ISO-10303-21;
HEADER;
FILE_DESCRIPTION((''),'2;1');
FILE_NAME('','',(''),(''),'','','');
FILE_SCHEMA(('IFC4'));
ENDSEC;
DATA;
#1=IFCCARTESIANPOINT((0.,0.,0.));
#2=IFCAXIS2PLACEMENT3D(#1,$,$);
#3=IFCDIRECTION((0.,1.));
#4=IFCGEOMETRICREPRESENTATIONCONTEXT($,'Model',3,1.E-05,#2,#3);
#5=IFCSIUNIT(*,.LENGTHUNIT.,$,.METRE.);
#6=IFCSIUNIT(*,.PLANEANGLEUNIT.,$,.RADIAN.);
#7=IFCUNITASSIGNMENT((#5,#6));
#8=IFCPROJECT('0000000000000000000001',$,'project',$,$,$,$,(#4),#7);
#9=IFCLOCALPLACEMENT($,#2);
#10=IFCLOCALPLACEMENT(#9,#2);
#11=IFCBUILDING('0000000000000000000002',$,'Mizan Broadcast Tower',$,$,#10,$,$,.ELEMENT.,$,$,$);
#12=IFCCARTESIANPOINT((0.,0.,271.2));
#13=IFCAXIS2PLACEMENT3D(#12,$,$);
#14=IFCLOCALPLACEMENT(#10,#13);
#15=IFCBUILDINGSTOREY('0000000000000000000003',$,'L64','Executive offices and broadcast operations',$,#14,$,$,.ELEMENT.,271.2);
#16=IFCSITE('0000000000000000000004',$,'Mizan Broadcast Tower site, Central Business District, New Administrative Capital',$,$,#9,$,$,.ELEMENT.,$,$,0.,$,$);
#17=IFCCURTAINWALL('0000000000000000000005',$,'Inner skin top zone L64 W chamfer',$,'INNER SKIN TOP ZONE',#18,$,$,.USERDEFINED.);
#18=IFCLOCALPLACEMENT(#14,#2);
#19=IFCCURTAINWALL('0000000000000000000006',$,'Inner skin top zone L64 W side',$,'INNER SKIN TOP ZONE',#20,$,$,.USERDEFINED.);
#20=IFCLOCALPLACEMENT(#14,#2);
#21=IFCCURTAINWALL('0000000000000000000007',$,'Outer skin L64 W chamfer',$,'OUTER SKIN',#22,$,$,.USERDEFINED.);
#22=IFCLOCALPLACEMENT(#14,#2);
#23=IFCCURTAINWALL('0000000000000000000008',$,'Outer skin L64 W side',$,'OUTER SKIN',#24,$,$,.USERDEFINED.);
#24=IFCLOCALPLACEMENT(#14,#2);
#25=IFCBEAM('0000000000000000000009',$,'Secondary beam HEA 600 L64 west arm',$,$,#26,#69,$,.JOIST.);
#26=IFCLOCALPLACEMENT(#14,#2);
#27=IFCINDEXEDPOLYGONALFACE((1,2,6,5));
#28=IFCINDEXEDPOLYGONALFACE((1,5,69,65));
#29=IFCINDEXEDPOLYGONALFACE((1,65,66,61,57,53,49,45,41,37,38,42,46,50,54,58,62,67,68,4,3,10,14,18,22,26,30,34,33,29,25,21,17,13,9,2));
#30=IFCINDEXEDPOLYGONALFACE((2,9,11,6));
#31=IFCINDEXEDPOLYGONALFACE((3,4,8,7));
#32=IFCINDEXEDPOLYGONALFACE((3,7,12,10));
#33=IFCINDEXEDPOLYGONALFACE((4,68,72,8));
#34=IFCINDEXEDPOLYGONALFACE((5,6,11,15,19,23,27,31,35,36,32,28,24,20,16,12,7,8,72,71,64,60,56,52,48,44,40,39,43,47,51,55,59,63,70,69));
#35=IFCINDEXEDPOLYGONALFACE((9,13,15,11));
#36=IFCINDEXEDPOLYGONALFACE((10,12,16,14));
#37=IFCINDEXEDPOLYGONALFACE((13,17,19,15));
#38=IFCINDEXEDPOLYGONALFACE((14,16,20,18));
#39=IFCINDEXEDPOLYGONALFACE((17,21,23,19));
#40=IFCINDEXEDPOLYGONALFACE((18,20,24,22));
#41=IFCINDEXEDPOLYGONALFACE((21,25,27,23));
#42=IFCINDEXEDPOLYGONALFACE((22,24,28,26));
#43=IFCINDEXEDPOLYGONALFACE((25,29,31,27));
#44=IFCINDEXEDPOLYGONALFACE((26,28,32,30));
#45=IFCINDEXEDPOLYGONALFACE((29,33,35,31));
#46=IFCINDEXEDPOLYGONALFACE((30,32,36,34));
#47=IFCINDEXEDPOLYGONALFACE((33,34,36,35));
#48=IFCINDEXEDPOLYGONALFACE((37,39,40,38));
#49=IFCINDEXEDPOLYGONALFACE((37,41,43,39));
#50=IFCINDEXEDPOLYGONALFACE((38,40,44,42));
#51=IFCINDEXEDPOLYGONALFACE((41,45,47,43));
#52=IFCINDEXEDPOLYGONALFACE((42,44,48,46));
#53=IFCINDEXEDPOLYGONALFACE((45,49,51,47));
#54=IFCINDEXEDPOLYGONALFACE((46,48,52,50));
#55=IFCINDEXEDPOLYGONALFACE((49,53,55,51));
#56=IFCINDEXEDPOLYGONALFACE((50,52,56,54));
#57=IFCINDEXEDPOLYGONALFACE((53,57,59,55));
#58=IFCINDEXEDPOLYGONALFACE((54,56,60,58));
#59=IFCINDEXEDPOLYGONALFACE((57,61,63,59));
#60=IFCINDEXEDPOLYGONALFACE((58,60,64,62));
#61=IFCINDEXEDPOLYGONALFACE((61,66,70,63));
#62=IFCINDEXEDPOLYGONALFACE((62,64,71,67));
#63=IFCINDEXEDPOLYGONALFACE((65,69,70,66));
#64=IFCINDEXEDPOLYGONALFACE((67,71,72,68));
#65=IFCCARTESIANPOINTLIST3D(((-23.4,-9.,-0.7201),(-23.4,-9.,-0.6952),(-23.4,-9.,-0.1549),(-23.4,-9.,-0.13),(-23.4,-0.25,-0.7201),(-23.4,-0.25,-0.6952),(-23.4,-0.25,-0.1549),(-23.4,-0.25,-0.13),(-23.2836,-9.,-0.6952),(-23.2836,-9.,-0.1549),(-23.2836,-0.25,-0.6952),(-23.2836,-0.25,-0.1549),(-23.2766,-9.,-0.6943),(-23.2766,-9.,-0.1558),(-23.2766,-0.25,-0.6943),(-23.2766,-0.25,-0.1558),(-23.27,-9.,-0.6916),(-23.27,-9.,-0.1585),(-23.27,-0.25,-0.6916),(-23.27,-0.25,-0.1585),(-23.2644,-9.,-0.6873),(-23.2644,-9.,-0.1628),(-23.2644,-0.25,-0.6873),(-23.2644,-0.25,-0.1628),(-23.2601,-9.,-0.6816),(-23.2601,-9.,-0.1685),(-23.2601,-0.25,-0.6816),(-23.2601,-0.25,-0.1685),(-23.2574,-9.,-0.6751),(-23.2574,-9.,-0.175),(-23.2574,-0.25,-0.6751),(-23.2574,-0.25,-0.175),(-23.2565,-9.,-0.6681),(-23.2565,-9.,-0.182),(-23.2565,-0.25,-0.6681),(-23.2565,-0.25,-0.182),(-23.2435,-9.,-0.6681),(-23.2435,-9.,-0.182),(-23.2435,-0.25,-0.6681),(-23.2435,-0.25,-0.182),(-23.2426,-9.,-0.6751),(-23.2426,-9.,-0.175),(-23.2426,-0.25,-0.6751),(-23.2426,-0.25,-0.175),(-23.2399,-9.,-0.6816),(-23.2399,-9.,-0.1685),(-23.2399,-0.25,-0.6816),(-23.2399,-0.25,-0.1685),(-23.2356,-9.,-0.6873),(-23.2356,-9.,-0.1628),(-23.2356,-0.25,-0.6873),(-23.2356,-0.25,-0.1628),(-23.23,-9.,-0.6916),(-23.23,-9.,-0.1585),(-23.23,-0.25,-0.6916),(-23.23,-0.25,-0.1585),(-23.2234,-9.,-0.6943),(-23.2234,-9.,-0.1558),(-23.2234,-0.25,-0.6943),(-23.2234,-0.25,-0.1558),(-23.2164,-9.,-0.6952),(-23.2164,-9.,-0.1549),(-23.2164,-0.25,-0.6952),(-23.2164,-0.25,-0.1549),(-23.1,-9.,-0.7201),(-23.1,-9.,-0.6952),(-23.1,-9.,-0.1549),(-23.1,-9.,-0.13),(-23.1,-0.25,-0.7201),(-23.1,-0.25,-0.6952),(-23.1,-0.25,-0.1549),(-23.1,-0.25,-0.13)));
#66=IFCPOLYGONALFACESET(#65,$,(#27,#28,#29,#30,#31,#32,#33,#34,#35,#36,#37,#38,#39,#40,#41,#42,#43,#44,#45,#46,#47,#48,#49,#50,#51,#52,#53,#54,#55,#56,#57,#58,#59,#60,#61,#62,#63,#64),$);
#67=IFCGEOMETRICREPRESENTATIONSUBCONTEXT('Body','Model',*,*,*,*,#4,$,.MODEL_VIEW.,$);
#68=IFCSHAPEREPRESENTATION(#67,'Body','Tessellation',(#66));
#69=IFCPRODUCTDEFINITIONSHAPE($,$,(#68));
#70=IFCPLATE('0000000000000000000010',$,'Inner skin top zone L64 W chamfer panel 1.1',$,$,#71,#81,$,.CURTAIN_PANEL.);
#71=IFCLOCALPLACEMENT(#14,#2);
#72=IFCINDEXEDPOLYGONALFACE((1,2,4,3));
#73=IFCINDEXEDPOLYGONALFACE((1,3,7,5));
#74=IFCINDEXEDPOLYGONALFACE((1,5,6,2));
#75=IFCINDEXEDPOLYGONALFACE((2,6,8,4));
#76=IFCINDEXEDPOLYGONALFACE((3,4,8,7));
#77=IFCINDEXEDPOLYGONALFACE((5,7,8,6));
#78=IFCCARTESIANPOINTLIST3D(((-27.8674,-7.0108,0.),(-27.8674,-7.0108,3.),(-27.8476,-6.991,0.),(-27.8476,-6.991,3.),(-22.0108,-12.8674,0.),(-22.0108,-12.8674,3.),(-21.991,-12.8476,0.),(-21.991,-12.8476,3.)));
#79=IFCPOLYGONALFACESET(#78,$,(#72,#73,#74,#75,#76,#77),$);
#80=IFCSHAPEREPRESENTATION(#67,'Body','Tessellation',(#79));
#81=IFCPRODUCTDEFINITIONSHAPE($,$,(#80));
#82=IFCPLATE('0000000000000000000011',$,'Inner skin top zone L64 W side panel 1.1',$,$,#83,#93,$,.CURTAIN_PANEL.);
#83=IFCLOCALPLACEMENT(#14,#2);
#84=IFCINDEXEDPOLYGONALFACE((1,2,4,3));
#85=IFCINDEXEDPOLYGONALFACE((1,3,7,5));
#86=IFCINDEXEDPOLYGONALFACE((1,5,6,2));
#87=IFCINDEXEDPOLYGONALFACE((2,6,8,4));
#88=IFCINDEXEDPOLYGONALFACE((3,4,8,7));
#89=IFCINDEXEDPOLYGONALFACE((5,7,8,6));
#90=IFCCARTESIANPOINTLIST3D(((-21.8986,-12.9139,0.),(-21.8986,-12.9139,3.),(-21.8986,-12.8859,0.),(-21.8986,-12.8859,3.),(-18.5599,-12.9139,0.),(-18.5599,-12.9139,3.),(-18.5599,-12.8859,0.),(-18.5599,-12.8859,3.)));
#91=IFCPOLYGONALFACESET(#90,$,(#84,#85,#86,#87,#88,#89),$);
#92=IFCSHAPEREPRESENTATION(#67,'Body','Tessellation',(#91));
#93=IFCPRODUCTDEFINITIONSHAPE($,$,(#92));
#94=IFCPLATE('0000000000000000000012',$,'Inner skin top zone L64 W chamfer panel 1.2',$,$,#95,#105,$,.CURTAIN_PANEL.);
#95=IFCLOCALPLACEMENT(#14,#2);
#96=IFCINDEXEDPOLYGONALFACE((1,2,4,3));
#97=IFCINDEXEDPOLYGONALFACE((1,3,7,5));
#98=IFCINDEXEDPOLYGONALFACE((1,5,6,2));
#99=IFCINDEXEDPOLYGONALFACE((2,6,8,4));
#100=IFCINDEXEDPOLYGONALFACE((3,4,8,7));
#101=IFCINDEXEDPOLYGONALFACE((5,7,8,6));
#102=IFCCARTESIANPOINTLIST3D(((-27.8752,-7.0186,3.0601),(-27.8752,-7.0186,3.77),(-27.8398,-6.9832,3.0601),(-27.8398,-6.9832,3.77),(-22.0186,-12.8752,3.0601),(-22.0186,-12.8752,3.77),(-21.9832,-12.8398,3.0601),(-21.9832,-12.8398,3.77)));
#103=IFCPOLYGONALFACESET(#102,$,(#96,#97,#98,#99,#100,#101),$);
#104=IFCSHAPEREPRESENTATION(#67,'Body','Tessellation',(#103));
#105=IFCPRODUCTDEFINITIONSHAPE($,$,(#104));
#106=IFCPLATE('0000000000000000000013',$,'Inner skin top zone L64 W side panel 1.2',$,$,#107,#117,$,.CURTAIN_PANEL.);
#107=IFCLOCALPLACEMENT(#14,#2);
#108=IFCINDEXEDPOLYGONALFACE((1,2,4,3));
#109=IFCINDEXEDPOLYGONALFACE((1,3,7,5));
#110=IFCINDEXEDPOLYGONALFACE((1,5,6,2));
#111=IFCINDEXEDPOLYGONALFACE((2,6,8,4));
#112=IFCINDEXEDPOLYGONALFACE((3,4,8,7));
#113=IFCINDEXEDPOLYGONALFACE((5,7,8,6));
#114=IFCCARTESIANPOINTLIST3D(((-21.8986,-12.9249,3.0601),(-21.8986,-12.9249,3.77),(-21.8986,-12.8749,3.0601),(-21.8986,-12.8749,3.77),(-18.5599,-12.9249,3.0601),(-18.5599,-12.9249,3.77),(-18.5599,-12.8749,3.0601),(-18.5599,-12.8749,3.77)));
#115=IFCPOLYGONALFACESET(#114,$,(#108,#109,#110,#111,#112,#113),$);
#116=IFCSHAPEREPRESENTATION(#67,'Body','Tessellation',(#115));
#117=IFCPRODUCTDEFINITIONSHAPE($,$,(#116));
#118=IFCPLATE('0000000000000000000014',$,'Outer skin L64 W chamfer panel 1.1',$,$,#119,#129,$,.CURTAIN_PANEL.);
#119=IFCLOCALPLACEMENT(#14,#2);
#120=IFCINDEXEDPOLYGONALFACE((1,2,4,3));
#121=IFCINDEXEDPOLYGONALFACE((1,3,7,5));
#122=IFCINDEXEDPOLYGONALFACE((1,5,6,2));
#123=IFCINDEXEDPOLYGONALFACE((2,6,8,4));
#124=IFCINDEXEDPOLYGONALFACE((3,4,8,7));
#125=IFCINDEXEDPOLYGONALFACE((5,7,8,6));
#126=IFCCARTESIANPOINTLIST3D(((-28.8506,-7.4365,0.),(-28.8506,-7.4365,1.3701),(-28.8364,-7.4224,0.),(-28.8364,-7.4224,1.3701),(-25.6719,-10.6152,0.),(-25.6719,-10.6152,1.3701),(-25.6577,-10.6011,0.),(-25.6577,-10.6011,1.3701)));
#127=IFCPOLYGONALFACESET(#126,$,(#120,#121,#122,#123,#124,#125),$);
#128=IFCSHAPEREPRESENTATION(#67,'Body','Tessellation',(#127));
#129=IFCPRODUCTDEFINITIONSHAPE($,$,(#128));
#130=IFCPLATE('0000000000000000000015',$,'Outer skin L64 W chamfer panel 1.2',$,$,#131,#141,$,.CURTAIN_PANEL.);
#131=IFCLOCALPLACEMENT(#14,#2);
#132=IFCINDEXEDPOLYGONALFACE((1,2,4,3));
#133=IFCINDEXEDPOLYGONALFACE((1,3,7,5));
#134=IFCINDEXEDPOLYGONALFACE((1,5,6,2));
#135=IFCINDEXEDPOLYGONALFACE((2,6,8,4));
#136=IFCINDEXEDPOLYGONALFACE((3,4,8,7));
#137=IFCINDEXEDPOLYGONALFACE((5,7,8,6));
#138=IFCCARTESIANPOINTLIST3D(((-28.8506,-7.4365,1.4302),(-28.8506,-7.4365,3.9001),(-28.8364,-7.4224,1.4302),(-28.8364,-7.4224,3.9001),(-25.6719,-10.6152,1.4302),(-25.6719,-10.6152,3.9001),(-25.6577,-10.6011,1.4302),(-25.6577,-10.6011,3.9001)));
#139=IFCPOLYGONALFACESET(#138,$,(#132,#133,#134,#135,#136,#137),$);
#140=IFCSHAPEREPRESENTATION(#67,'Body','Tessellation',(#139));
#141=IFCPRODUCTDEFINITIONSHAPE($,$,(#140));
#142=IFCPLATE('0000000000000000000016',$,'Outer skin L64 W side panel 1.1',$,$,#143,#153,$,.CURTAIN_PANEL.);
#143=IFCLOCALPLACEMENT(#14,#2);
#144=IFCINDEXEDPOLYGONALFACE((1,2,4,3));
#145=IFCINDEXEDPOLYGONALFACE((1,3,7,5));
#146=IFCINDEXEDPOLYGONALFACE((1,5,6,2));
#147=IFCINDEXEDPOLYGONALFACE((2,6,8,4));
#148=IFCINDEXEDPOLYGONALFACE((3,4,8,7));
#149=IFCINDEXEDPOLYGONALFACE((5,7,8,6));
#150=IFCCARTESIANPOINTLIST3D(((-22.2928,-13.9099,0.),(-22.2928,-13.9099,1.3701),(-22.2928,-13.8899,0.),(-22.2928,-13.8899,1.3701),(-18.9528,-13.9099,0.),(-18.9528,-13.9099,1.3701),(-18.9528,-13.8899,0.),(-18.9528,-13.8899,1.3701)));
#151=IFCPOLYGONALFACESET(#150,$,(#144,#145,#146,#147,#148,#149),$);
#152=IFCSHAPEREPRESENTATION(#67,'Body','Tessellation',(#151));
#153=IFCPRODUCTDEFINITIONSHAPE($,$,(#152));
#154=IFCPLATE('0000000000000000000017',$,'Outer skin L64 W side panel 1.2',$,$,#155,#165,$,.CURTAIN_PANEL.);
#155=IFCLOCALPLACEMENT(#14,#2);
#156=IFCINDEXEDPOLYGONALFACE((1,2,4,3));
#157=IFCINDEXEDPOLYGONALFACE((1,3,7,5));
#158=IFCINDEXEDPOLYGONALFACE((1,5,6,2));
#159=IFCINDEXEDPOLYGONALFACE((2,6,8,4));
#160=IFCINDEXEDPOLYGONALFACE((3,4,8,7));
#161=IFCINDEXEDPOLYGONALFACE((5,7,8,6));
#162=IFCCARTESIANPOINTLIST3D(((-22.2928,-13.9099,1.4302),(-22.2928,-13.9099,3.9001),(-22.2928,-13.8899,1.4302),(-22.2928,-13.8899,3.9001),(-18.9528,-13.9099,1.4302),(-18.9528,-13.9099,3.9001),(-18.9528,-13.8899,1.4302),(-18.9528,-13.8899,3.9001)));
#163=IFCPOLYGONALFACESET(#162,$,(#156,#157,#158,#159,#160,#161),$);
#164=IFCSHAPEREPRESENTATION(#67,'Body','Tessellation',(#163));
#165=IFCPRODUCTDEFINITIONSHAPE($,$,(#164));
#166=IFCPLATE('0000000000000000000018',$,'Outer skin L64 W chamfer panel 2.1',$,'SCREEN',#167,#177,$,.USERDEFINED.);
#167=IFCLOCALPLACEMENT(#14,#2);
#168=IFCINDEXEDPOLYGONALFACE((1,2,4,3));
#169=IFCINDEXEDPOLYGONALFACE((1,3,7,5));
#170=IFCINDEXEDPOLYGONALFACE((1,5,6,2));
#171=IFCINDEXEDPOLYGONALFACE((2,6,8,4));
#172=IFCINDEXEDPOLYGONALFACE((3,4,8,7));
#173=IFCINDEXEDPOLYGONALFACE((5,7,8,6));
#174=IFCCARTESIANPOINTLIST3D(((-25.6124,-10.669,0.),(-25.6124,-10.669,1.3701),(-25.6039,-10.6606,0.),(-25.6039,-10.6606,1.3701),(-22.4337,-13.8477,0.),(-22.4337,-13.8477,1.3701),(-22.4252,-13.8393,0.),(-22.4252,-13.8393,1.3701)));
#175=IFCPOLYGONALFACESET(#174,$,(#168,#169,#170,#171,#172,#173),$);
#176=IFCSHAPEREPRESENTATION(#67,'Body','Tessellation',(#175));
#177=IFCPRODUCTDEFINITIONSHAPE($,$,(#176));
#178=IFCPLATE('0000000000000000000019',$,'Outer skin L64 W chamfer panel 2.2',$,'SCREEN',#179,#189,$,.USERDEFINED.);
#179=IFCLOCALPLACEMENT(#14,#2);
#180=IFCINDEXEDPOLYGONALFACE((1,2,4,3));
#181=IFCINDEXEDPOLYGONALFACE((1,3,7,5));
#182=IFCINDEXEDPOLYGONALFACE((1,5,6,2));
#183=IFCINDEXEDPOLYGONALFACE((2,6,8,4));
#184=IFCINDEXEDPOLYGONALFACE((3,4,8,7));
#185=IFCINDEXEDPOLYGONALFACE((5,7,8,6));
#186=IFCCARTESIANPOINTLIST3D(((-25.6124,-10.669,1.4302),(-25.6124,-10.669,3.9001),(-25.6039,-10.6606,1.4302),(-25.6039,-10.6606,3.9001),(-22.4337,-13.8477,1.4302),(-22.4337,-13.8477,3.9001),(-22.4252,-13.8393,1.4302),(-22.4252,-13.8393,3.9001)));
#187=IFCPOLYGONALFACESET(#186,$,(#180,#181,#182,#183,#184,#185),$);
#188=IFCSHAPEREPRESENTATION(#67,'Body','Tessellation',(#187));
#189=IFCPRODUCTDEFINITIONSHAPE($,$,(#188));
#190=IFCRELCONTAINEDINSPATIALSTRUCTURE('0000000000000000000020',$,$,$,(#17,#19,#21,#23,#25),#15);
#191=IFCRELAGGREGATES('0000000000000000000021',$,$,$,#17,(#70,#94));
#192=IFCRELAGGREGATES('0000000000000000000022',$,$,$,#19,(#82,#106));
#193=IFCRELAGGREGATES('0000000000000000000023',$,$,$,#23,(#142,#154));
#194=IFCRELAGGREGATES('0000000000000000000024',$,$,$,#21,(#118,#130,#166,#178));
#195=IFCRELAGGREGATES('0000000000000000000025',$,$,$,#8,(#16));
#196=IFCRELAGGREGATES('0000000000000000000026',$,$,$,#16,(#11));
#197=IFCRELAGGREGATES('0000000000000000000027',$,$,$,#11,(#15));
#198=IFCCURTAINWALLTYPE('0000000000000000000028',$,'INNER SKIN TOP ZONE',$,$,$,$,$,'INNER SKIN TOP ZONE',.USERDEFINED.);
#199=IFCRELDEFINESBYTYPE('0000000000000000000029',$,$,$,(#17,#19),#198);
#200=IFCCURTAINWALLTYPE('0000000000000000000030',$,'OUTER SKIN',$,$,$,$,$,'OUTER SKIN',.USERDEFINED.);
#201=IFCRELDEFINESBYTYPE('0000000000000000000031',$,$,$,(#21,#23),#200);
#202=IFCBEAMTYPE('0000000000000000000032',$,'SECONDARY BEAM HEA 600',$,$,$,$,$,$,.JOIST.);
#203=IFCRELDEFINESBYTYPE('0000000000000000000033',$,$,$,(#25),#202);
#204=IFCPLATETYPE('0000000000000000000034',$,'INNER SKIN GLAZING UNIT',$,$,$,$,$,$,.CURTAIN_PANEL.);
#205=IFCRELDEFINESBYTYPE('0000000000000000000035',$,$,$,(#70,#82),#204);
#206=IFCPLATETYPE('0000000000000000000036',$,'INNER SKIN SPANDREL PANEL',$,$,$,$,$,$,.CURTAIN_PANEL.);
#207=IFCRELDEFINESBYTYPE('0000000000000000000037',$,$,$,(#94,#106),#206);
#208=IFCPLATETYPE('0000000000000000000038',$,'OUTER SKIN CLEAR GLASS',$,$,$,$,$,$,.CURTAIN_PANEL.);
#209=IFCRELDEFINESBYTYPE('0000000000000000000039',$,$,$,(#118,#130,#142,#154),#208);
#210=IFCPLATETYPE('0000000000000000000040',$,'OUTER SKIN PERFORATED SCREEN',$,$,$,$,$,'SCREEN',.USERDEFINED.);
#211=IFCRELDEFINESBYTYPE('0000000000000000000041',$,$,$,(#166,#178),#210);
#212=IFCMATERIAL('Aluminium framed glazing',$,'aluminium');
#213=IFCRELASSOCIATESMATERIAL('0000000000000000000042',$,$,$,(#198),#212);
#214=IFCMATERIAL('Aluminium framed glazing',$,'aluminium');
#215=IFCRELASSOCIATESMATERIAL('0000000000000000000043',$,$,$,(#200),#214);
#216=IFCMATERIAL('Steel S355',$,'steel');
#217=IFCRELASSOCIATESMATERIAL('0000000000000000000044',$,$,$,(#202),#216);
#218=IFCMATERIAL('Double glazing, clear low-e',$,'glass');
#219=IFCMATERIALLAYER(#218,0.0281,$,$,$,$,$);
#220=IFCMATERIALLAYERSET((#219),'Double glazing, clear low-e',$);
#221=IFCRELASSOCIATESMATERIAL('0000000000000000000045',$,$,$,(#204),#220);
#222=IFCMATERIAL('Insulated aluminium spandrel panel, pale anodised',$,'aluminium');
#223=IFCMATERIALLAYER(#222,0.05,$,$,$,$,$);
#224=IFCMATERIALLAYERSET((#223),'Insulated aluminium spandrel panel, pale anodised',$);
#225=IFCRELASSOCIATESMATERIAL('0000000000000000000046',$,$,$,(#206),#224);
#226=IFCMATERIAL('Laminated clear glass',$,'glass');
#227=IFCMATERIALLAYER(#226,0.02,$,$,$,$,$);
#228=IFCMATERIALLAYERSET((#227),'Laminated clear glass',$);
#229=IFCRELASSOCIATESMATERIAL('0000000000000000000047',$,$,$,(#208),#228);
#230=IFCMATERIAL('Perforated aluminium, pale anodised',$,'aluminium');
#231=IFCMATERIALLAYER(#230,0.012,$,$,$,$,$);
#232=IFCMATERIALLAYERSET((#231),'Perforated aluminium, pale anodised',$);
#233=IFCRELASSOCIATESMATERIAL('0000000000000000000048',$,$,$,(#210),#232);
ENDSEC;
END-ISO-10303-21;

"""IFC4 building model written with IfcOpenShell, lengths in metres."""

from ifc_helpers import new_model, si_unit, direction, frame, origin, origin_2d, place, context, subcontext, project, spatial, rectangle, i_section, extrude, material, layer, layer_set, material_profile, profile_set, type_object, element, aggregate, save


model = new_model("IFC4")

# Units and contexts
model_context = context("Model", 3, precision=1e-05, world=origin(), true_north=direction((0.0, 1.0)))
body_context = subcontext(model_context, "Body", "Model", "MODEL_VIEW")
ifc_project = project(units=[si_unit("LENGTHUNIT", "METRE"), si_unit("PLANEANGLEUNIT", "RADIAN")], contexts=[model_context])

# Site, building, storey
site_placement = place(None, origin())
site = spatial("IfcSite", under=ifc_project, at=site_placement, Name="Mizan Broadcast Tower site, Central Business District, New Administrative Capital", CompositionType="ELEMENT", RefElevation=0.0)
building_placement = place(site_placement, origin())
building = spatial("IfcBuilding", under=site, at=building_placement, Name="Mizan Broadcast Tower", CompositionType="ELEMENT")
storey_placement = place(building_placement, frame((0.0, 0.0, 271.2)))
storey = spatial("IfcBuildingStorey", under=building, at=storey_placement, Name="L64", Description="Executive offices and broadcast operations", CompositionType="ELEMENT", Elevation=271.2)

# Curtain walls
ifc_material_1 = material(Name="Aluminium framed glazing", Category="aluminium")
curtain_wall_type_1 = type_object("IfcCurtainWallType", Name="INNER SKIN TOP ZONE", ElementType="INNER SKIN TOP ZONE", PredefinedType="USERDEFINED", material=ifc_material_1)
curtain_wall_1_placement = place(storey_placement, origin())
curtain_wall_1 = element("IfcCurtainWall", 1, at=curtain_wall_1_placement, inside=storey, type_object=curtain_wall_type_1, Name="Inner skin top zone L64 W chamfer", ObjectType="INNER SKIN TOP ZONE", PredefinedType="USERDEFINED")
curtain_wall_2_placement = place(storey_placement, origin())
curtain_wall_2 = element("IfcCurtainWall", 2, at=curtain_wall_2_placement, inside=storey, type_object=curtain_wall_type_1, Name="Inner skin top zone L64 W side", ObjectType="INNER SKIN TOP ZONE", PredefinedType="USERDEFINED")

# Curtain wall
ifc_material_2 = material(Name="Aluminium framed glazing", Category="aluminium")
curtain_wall_type_2 = type_object("IfcCurtainWallType", Name="OUTER SKIN", ElementType="OUTER SKIN", PredefinedType="USERDEFINED", material=ifc_material_2)
curtain_wall_3_placement = place(storey_placement, origin())
curtain_wall_3 = element("IfcCurtainWall", 3, at=curtain_wall_3_placement, inside=storey, type_object=curtain_wall_type_2, Name="Outer skin L64 W chamfer", ObjectType="OUTER SKIN", PredefinedType="USERDEFINED")

# Curtain wall
curtain_wall_4_placement = place(storey_placement, origin())
curtain_wall_4 = element("IfcCurtainWall", 4, at=curtain_wall_4_placement, inside=storey, type_object=curtain_wall_type_2, Name="Outer skin L64 W side", ObjectType="OUTER SKIN", PredefinedType="USERDEFINED")

# Beam
ifc_material_3 = material(Name="Steel S355", Category="steel")
ifc_material_profile_1 = material_profile(ifc_material_3, i_section(OverallWidth=0.3, OverallDepth=0.5901, WebThickness=0.0129, FlangeThickness=0.0249, FilletRadius=0.0271, at=origin_2d()), Name="HEA 600")
ifc_profile_set_1 = profile_set([ifc_material_profile_1], Name="Steel S355")
beam_type_1 = type_object("IfcBeamType", Name="SECONDARY BEAM HEA 600", PredefinedType="JOIST", material=ifc_profile_set_1)
beam_1_placement = place(storey_placement, frame((-23.25, -9.0, -0.425), z_axis=(0.0, 1.0, 0.0), x_axis=(-1.0, 0.0, 0.0)))
element("IfcBeam", 5, at=beam_1_placement, inside=storey, type_object=beam_type_1, Name="Secondary beam HEA 600 L64 west arm", PredefinedType="JOIST", context=body_context, shape_type="SweptSolid", body=[
    extrude(i_section(OverallWidth=0.3, OverallDepth=0.5901, WebThickness=0.0129, FlangeThickness=0.0249, FilletRadius=0.0271, at=origin_2d()), origin(), (0.0, 0.0, 1.0), 8.75),
])

# Plates
ifc_material_4 = material(Name="Double glazing, clear low-e", Category="glass")
ifc_layer_1 = layer(ifc_material_4, 0.0281)
ifc_layer_set_1 = layer_set([ifc_layer_1], Name="Double glazing, clear low-e")
plate_type_1 = type_object("IfcPlateType", Name="INNER SKIN GLAZING UNIT", PredefinedType="CURTAIN_PANEL", material=ifc_layer_set_1)
plate_1_placement = place(storey_placement, frame((-24.9292, -9.9292, 0.0), z_axis=(0.0, 0.0, 1.0), x_axis=(0.707107, -0.707107, 0.0)))
plate_1 = element("IfcPlate", 6, at=plate_1_placement, type_object=plate_type_1, Name="Inner skin top zone L64 W chamfer panel 1.1", PredefinedType="CURTAIN_PANEL", context=body_context, shape_type="SweptSolid", body=[
    extrude(rectangle(XDim=8.2825, YDim=0.0281, at=origin_2d()), origin(), (0.0, 0.0, 1.0), 3.0),
])
plate_2_placement = place(storey_placement, frame((-20.2292, -12.8999, 0.0), z_axis=(0.0, 0.0, 1.0), x_axis=(1.0, 0.0, 0.0)))
plate_2 = element("IfcPlate", 7, at=plate_2_placement, type_object=plate_type_1, Name="Inner skin top zone L64 W side panel 1.1", PredefinedType="CURTAIN_PANEL", context=body_context, shape_type="SweptSolid", body=[
    extrude(rectangle(XDim=3.3386, YDim=0.0281, at=origin_2d()), origin(), (0.0, 0.0, 1.0), 3.0),
])
ifc_material_5 = material(Name="Insulated aluminium spandrel panel, pale anodised", Category="aluminium")
ifc_layer_2 = layer(ifc_material_5, 0.05)
ifc_layer_set_2 = layer_set([ifc_layer_2], Name="Insulated aluminium spandrel panel, pale anodised")
plate_type_2 = type_object("IfcPlateType", Name="INNER SKIN SPANDREL PANEL", PredefinedType="CURTAIN_PANEL", material=ifc_layer_set_2)
plate_3_placement = place(storey_placement, frame((-24.9292, -9.9292, 3.0601), z_axis=(0.0, 0.0, 1.0), x_axis=(0.707107, -0.707107, 0.0)))
plate_3 = element("IfcPlate", 8, at=plate_3_placement, type_object=plate_type_2, Name="Inner skin top zone L64 W chamfer panel 1.2", PredefinedType="CURTAIN_PANEL", context=body_context, shape_type="SweptSolid", body=[
    extrude(rectangle(XDim=8.2825, YDim=0.05, at=origin_2d()), origin(), (0.0, 0.0, 1.0), 0.71),
])
aggregate(curtain_wall_1, [plate_1, plate_3])
plate_4_placement = place(storey_placement, frame((-20.2292, -12.8999, 3.0601), z_axis=(0.0, 0.0, 1.0), x_axis=(1.0, 0.0, 0.0)))
plate_4 = element("IfcPlate", 9, at=plate_4_placement, type_object=plate_type_2, Name="Inner skin top zone L64 W side panel 1.2", PredefinedType="CURTAIN_PANEL", context=body_context, shape_type="SweptSolid", body=[
    extrude(rectangle(XDim=3.3386, YDim=0.05, at=origin_2d()), origin(), (0.0, 0.0, 1.0), 0.71),
])
aggregate(curtain_wall_2, [plate_2, plate_4])
ifc_material_6 = material(Name="Laminated clear glass", Category="glass")
ifc_layer_3 = layer(ifc_material_6, 0.02)
ifc_layer_set_3 = layer_set([ifc_layer_3], Name="Laminated clear glass")
plate_type_3 = type_object("IfcPlateType", Name="OUTER SKIN CLEAR GLASS", PredefinedType="CURTAIN_PANEL", material=ifc_layer_set_3)
plate_5_placement = place(storey_placement, frame((-27.2542, -9.0188, 0.0), z_axis=(0.0, 0.0, 1.0), x_axis=(0.707107, -0.707107, 0.0)))
plate_5 = element("IfcPlate", 10, at=plate_5_placement, type_object=plate_type_3, Name="Outer skin L64 W chamfer panel 1.1", PredefinedType="CURTAIN_PANEL", context=body_context, shape_type="SweptSolid", body=[
    extrude(rectangle(XDim=4.4954, YDim=0.02, at=origin_2d()), origin(), (0.0, 0.0, 1.0), 1.3701),
])
plate_6_placement = place(storey_placement, frame((-27.2542, -9.0188, 1.4302), z_axis=(0.0, 0.0, 1.0), x_axis=(0.707107, -0.707107, 0.0)))
plate_6 = element("IfcPlate", 11, at=plate_6_placement, type_object=plate_type_3, Name="Outer skin L64 W chamfer panel 1.2", PredefinedType="CURTAIN_PANEL", context=body_context, shape_type="SweptSolid", body=[
    extrude(rectangle(XDim=4.4954, YDim=0.02, at=origin_2d()), origin(), (0.0, 0.0, 1.0), 2.47),
])
plate_7_placement = place(storey_placement, frame((-20.6228, -13.8999, 0.0), z_axis=(0.0, 0.0, 1.0), x_axis=(1.0, 0.0, 0.0)))
plate_7 = element("IfcPlate", 12, at=plate_7_placement, type_object=plate_type_3, Name="Outer skin L64 W side panel 1.1", PredefinedType="CURTAIN_PANEL", context=body_context, shape_type="SweptSolid", body=[
    extrude(rectangle(XDim=3.3401, YDim=0.02, at=origin_2d()), origin(), (0.0, 0.0, 1.0), 1.3701),
])
plate_8_placement = place(storey_placement, frame((-20.6228, -13.8999, 1.4302), z_axis=(0.0, 0.0, 1.0), x_axis=(1.0, 0.0, 0.0)))
plate_8 = element("IfcPlate", 13, at=plate_8_placement, type_object=plate_type_3, Name="Outer skin L64 W side panel 1.2", PredefinedType="CURTAIN_PANEL", context=body_context, shape_type="SweptSolid", body=[
    extrude(rectangle(XDim=3.3401, YDim=0.02, at=origin_2d()), origin(), (0.0, 0.0, 1.0), 2.47),
])
aggregate(curtain_wall_4, [plate_7, plate_8])
ifc_material_7 = material(Name="Perforated aluminium, pale anodised", Category="aluminium")
ifc_layer_4 = layer(ifc_material_7, 0.012)
ifc_layer_set_4 = layer_set([ifc_layer_4], Name="Perforated aluminium, pale anodised")
plate_type_4 = type_object("IfcPlateType", Name="OUTER SKIN PERFORATED SCREEN", ElementType="SCREEN", PredefinedType="USERDEFINED", material=ifc_layer_set_4)
plate_9_placement = place(storey_placement, frame((-24.0188, -12.2542, 0.0), z_axis=(0.0, 0.0, 1.0), x_axis=(0.707107, -0.707107, 0.0)))
plate_9 = element("IfcPlate", 14, at=plate_9_placement, type_object=plate_type_4, Name="Outer skin L64 W chamfer panel 2.1", ObjectType="SCREEN", PredefinedType="USERDEFINED", context=body_context, shape_type="SweptSolid", body=[
    extrude(rectangle(XDim=4.4954, YDim=0.012, at=origin_2d()), origin(), (0.0, 0.0, 1.0), 1.3701),
])
plate_10_placement = place(storey_placement, frame((-24.0188, -12.2542, 1.4302), z_axis=(0.0, 0.0, 1.0), x_axis=(0.707107, -0.707107, 0.0)))
plate_10 = element("IfcPlate", 15, at=plate_10_placement, type_object=plate_type_4, Name="Outer skin L64 W chamfer panel 2.2", ObjectType="SCREEN", PredefinedType="USERDEFINED", context=body_context, shape_type="SweptSolid", body=[
    extrude(rectangle(XDim=4.4954, YDim=0.012, at=origin_2d()), origin(), (0.0, 0.0, 1.0), 2.47),
])
aggregate(curtain_wall_3, [plate_5, plate_6, plate_9, plate_10])

save(model, "model.ifc")
